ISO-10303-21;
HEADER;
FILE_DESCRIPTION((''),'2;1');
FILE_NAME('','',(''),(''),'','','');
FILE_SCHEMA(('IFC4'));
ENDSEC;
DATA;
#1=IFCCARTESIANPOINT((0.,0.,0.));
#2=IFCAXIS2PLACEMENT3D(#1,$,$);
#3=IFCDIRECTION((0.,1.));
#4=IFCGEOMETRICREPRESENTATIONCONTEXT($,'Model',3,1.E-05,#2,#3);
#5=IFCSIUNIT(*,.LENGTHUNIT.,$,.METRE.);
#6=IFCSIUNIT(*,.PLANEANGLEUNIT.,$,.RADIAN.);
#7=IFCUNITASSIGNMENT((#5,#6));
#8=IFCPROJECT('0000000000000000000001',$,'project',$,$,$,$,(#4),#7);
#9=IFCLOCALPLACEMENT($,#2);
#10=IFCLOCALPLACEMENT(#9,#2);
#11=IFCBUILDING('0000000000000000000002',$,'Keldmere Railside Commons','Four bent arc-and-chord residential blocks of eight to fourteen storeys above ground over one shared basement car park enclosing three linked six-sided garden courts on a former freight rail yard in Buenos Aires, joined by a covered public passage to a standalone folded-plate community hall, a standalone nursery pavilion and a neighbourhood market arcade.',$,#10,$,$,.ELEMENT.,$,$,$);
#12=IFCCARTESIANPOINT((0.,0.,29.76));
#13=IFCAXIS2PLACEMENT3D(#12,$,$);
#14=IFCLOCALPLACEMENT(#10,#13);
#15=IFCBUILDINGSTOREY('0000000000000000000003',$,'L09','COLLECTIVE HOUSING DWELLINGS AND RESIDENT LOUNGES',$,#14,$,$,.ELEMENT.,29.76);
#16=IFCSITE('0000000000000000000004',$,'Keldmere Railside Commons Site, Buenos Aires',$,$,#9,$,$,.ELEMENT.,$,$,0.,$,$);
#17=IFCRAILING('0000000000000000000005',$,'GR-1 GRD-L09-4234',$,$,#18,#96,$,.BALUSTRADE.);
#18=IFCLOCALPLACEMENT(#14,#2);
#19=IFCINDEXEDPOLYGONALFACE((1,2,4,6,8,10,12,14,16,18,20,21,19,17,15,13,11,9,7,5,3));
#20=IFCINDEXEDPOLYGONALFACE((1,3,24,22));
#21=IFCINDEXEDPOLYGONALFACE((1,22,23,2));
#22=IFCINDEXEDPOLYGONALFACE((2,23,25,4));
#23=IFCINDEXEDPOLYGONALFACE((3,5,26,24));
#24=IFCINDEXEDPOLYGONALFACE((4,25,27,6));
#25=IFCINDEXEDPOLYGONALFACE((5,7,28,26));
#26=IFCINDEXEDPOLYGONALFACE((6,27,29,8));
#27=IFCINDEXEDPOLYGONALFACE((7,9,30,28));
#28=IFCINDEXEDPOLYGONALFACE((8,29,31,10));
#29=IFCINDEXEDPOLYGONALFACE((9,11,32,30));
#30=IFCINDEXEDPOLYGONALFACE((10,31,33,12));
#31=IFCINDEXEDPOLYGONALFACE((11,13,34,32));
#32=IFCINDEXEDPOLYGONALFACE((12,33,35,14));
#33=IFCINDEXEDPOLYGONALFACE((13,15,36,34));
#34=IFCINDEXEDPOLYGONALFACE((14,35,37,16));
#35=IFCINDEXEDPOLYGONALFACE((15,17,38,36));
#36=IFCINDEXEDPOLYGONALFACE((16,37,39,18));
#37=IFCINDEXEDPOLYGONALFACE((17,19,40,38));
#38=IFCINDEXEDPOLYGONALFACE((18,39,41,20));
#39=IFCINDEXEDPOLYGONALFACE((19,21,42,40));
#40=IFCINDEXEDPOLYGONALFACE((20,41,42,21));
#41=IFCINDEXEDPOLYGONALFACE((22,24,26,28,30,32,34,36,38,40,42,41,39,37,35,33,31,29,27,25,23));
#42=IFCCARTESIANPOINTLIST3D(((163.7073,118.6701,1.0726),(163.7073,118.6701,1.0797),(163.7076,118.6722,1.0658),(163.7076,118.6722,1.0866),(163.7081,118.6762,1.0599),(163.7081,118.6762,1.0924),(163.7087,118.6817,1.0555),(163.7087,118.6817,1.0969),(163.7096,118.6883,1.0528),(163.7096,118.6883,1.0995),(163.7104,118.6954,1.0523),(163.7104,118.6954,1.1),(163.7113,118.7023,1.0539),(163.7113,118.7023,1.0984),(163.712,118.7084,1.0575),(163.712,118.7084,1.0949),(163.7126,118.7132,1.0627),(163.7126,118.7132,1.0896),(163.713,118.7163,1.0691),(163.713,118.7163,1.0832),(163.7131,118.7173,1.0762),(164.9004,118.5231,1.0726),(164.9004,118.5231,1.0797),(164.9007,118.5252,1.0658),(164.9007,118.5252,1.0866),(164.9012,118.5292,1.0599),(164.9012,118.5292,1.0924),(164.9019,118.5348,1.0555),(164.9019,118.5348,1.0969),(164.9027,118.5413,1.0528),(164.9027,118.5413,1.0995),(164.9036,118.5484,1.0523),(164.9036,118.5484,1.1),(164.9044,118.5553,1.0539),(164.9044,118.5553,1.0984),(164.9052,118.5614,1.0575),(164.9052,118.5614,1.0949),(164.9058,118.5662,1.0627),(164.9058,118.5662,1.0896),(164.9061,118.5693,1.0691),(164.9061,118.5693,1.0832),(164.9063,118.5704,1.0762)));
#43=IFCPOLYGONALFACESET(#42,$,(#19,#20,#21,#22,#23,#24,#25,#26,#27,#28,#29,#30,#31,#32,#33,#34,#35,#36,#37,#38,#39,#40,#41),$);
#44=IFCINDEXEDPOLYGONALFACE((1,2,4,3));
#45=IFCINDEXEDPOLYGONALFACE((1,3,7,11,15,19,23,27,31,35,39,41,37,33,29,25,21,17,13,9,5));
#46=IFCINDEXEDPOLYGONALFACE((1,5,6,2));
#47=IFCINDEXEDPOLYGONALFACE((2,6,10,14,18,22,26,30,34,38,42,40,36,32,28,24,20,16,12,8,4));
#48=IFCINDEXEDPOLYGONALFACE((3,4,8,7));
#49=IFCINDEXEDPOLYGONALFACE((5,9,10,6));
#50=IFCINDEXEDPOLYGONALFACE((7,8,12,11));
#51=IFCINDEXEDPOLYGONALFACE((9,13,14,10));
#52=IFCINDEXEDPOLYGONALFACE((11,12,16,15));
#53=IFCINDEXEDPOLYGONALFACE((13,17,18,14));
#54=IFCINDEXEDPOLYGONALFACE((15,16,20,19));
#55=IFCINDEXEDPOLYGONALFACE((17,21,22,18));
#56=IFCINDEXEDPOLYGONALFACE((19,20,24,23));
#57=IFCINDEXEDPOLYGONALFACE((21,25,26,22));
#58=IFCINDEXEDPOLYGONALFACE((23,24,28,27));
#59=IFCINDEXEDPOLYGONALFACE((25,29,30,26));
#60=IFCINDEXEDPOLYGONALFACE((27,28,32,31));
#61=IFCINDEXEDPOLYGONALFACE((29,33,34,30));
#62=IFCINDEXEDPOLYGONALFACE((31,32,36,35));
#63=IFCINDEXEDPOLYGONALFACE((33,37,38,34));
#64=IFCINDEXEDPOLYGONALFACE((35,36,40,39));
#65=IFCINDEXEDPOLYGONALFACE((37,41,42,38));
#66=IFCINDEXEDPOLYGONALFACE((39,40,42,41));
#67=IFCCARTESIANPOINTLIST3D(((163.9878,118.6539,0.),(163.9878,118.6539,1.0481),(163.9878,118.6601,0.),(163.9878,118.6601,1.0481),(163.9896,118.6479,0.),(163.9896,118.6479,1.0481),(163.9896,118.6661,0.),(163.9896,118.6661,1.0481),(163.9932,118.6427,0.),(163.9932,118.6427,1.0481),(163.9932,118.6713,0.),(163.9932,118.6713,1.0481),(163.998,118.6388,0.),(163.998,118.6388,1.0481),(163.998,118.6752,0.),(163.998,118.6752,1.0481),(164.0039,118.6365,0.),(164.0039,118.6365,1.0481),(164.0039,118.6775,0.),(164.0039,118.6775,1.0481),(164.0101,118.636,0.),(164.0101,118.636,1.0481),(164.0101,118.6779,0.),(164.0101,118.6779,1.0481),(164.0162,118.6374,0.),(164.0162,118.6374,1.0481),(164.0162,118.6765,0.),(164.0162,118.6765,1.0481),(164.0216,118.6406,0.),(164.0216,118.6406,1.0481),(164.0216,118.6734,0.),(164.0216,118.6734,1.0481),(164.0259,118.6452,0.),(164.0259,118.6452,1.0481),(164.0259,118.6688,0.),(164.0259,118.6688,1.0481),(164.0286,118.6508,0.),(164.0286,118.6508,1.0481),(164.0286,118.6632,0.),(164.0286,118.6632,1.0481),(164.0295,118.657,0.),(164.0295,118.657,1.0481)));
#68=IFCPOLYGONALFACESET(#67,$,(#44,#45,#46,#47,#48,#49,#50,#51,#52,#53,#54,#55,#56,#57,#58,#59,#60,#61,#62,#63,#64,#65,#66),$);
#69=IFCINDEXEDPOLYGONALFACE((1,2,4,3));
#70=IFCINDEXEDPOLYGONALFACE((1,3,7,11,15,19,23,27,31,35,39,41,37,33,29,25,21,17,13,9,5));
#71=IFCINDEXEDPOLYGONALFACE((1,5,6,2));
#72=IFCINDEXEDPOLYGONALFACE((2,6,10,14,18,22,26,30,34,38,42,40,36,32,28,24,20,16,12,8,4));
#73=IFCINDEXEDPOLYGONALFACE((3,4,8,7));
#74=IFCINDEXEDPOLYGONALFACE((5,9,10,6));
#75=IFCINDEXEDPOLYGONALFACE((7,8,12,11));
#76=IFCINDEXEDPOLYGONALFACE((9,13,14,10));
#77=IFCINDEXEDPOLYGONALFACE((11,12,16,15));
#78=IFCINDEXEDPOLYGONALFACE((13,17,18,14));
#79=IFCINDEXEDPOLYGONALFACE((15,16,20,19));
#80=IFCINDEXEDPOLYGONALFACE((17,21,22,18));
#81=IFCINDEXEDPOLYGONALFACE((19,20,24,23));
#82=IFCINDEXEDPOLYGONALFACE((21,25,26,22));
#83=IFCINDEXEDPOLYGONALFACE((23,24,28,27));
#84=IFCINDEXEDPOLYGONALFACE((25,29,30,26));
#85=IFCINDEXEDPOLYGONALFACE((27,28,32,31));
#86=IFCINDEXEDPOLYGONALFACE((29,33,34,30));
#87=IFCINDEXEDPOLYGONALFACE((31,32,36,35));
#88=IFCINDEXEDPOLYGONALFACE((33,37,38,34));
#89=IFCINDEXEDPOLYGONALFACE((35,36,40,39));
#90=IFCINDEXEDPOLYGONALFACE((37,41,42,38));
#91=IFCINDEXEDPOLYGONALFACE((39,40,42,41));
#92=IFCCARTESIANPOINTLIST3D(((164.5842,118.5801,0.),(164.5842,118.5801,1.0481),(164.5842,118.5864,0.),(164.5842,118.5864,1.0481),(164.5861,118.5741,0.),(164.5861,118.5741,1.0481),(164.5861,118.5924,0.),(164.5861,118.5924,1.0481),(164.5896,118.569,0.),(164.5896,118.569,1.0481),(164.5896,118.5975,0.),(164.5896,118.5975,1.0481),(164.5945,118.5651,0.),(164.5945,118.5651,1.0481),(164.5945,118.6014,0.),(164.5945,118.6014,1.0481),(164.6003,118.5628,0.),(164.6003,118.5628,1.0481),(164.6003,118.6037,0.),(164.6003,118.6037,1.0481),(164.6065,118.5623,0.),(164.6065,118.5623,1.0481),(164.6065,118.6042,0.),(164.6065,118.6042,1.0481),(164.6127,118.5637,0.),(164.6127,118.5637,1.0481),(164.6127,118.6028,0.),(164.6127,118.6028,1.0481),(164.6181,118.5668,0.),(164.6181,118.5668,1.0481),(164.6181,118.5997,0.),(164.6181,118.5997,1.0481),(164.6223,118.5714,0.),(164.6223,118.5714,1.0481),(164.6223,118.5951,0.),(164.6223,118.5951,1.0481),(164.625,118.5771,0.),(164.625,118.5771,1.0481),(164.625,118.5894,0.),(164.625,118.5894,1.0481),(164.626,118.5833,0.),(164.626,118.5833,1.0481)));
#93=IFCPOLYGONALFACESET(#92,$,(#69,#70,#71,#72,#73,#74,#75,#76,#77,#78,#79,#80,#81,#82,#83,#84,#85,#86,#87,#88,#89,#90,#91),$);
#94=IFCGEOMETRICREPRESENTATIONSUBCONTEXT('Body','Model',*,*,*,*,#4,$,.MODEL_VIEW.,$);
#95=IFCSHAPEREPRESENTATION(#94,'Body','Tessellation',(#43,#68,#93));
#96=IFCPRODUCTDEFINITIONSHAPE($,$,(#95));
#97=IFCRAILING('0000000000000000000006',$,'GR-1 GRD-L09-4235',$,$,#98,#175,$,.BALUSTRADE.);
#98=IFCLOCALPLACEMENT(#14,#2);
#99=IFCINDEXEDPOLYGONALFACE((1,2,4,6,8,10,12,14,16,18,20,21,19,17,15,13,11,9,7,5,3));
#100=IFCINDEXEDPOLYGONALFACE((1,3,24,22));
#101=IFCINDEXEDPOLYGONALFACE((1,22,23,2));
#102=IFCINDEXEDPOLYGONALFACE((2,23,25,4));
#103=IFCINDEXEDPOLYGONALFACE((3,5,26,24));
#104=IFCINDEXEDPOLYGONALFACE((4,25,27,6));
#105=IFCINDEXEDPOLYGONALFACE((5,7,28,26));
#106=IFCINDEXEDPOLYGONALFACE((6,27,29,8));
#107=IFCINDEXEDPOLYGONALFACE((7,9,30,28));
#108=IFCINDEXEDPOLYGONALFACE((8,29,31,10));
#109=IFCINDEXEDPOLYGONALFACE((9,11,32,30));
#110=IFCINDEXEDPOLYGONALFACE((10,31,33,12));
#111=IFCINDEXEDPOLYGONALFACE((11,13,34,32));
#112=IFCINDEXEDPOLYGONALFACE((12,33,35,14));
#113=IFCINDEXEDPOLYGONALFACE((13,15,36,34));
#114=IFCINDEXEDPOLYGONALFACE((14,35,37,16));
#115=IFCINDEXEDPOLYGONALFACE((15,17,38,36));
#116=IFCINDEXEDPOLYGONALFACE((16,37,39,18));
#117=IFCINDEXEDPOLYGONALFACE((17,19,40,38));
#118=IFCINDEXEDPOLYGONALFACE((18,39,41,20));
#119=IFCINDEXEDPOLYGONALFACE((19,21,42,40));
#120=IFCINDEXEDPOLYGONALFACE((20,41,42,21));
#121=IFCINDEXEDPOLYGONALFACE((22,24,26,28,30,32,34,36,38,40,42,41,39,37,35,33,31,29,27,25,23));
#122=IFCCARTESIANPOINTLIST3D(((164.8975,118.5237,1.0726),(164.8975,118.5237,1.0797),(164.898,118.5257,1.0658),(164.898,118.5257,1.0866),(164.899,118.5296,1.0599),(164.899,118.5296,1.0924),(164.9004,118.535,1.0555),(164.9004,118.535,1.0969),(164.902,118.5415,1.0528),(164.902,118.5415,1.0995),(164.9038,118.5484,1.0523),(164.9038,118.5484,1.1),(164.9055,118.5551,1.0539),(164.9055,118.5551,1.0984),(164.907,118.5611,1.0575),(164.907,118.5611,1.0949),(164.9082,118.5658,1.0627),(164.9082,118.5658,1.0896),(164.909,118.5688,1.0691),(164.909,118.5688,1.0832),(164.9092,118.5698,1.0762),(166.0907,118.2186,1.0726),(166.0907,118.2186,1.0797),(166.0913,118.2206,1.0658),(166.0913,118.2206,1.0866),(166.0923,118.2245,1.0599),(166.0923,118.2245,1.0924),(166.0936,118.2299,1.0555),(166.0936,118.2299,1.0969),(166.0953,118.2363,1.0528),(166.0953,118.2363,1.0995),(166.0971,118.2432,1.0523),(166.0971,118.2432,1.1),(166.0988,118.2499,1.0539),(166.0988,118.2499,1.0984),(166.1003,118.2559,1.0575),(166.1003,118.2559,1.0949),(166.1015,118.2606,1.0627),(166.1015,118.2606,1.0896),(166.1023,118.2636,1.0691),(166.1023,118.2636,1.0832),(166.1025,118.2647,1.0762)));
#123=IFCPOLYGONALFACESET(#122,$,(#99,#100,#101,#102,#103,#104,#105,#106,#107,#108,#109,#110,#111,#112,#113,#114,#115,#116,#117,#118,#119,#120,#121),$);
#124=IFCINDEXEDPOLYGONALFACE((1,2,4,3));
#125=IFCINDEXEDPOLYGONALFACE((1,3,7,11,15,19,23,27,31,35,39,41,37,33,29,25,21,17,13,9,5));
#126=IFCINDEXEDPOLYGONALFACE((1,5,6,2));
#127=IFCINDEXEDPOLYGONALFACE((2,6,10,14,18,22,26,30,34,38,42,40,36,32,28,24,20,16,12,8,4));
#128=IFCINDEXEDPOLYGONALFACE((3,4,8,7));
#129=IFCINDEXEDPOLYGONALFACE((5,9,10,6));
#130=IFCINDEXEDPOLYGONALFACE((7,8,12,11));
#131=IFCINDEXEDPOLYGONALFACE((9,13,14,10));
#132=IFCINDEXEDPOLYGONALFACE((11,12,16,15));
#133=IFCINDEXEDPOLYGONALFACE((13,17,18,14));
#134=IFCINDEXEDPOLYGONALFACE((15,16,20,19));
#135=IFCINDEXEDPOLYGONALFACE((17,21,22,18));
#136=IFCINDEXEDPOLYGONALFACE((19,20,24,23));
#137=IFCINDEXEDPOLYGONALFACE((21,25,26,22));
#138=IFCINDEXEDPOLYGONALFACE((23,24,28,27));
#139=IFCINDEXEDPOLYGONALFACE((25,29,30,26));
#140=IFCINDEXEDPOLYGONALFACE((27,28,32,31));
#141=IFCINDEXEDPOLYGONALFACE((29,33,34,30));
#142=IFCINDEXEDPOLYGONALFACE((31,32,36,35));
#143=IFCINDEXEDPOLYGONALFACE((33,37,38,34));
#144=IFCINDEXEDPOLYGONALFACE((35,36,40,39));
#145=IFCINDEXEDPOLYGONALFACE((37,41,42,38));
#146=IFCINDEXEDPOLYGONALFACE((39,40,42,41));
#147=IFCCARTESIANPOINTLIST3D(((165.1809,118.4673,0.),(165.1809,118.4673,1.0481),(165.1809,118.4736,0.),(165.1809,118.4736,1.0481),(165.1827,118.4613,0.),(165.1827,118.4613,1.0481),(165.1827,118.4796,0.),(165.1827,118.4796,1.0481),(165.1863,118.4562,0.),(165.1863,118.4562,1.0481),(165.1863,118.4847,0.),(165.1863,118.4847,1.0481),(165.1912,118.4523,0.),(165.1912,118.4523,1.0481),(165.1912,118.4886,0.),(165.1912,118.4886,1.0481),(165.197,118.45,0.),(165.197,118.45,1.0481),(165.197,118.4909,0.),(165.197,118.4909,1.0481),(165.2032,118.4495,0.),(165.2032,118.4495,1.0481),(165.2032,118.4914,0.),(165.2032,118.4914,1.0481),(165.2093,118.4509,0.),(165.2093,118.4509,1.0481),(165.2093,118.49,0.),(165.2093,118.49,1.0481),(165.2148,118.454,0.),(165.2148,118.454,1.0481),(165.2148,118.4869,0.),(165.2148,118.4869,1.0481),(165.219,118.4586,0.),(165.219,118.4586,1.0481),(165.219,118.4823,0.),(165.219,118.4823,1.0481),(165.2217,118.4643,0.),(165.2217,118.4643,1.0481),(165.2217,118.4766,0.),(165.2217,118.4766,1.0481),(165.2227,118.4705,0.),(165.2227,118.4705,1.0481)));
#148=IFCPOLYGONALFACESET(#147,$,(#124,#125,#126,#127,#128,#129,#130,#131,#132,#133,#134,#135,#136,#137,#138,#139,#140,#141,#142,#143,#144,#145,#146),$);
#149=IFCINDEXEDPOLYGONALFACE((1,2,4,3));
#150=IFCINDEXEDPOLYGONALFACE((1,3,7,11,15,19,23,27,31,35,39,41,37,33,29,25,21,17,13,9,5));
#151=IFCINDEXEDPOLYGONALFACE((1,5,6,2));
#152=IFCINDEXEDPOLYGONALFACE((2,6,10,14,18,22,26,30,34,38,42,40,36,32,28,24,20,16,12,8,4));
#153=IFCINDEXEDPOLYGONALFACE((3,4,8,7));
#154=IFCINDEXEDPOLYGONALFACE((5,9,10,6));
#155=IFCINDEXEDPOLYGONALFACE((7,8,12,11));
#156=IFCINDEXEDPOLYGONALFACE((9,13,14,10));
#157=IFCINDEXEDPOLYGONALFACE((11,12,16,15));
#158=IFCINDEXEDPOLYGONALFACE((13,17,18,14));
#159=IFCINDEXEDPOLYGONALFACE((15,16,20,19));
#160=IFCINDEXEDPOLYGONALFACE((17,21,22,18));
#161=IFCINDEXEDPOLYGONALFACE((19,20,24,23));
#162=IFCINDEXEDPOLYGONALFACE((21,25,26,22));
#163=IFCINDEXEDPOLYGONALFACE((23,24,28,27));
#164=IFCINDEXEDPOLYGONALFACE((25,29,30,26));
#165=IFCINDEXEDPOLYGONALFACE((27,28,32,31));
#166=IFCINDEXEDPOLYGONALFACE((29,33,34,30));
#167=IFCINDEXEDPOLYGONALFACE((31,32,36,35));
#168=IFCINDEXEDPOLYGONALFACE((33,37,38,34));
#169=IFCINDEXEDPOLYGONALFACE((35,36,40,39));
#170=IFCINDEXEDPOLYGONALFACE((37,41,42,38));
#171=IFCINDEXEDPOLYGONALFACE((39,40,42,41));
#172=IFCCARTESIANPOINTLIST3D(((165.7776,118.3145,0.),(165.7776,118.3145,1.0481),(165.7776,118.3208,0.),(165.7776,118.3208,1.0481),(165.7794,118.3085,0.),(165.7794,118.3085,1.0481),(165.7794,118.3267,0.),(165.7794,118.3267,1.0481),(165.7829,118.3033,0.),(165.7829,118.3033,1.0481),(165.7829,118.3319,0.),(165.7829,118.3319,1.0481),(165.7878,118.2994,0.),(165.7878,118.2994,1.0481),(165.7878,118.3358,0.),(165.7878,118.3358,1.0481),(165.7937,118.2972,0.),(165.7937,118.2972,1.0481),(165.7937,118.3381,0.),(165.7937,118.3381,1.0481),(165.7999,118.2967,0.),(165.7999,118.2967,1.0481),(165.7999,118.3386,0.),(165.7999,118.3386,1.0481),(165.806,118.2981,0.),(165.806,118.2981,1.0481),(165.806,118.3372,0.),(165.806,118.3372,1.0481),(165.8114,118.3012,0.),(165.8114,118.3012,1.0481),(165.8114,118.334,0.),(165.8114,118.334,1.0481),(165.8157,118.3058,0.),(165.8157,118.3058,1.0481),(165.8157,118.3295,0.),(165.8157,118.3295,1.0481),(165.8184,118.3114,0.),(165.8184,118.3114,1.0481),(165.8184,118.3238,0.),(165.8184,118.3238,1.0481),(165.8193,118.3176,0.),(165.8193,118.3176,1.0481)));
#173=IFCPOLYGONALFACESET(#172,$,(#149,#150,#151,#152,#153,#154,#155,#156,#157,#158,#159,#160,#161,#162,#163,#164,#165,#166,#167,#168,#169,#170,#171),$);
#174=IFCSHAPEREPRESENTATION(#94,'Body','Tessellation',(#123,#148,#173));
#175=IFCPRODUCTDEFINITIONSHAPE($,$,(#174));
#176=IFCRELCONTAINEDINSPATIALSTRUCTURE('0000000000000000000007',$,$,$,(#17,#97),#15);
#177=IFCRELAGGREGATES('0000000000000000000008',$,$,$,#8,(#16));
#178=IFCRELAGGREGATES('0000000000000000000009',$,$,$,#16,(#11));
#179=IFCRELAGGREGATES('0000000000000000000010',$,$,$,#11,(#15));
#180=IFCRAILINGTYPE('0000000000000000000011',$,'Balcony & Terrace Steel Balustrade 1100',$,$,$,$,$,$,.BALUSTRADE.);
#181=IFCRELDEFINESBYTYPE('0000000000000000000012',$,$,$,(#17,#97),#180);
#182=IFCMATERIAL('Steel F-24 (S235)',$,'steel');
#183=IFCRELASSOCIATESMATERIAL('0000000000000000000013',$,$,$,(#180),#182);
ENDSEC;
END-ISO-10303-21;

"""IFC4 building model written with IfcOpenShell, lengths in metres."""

from ifc_helpers import new_model, si_unit, direction, frame, origin, origin_2d, place, context, subcontext, project, spatial, circle, extrude, material, type_object, element, save


model = new_model("IFC4")

# Units and contexts
model_context = context("Model", 3, precision=1e-05, world=origin(), true_north=direction((0.0, 1.0)))
body_context = subcontext(model_context, "Body", "Model", "MODEL_VIEW")
ifc_project = project(units=[si_unit("LENGTHUNIT", "METRE"), si_unit("PLANEANGLEUNIT", "RADIAN")], contexts=[model_context])

# Site, building, storey
site_placement = place(None, origin())
site = spatial("IfcSite", under=ifc_project, at=site_placement, Name="Keldmere Railside Commons Site, Buenos Aires", CompositionType="ELEMENT", RefElevation=0.0)
building_placement = place(site_placement, origin())
building = spatial("IfcBuilding", under=site, at=building_placement, Name="Keldmere Railside Commons", Description="Four bent arc-and-chord residential blocks of eight to fourteen storeys above ground over one shared basement car park enclosing three linked six-sided garden courts on a former freight rail yard in Buenos Aires, joined by a covered public passage to a standalone folded-plate community hall, a standalone nursery pavilion and a neighbourhood market arcade.", CompositionType="ELEMENT")
storey_placement = place(building_placement, frame((0.0, 0.0, 29.76)))
storey = spatial("IfcBuildingStorey", under=building, at=storey_placement, Name="L09", Description="COLLECTIVE HOUSING DWELLINGS AND RESIDENT LOUNGES", CompositionType="ELEMENT", Elevation=29.76)

# Railings
ifc_material_1 = material(Name="Steel F-24 (S235)", Category="steel")
railing_type = type_object("IfcRailingType", Name="Balcony & Terrace Steel Balustrade 1100", PredefinedType="BALUSTRADE", material=ifc_material_1)
railing_1_placement = place(storey_placement, frame((163.7102, 118.6936, 0.0)))
element("IfcRailing", 1, at=railing_1_placement, inside=storey, type_object=railing_type, Name="GR-1 GRD-L09-4234", PredefinedType="BALUSTRADE", context=body_context, shape_type="SweptSolid", body=[
    extrude(circle(Radius=0.0239, at=origin_2d()), frame((0.0, 0.0, 1.0762), z_axis=(0.992498, -0.12226, 0.0), x_axis=(0.12226, 0.992498, 0.0)), (0.0, 0.0, 1.0), 1.2021),
    extrude(circle(Radius=0.021, at=origin_2d()), frame((0.2983, -0.0366, 0.0)), (0.0, 0.0, 1.0), 1.0481),
    extrude(circle(Radius=0.021, at=origin_2d()), frame((0.8948, -0.1104, 0.0)), (0.0, 0.0, 1.0), 1.0481),
])
railing_2_placement = place(storey_placement, frame((164.9033, 118.5466, 0.0)))
element("IfcRailing", 2, at=railing_2_placement, inside=storey, type_object=railing_type, Name="GR-1 GRD-L09-4235", PredefinedType="BALUSTRADE", context=body_context, shape_type="SweptSolid", body=[
    extrude(circle(Radius=0.0239, at=origin_2d()), frame((0.0, 0.0, 1.0762), z_axis=(0.968823, -0.247755, 0.0), x_axis=(0.247755, 0.968823, 0.0)), (0.0, 0.0, 1.0), 1.2317),
    extrude(circle(Radius=0.021, at=origin_2d()), frame((0.2983, -0.0762, 0.0)), (0.0, 0.0, 1.0), 1.0481),
    extrude(circle(Radius=0.021, at=origin_2d()), frame((0.895, -0.229, 0.0)), (0.0, 0.0, 1.0), 1.0481),
])

save(model, "model.ifc")
